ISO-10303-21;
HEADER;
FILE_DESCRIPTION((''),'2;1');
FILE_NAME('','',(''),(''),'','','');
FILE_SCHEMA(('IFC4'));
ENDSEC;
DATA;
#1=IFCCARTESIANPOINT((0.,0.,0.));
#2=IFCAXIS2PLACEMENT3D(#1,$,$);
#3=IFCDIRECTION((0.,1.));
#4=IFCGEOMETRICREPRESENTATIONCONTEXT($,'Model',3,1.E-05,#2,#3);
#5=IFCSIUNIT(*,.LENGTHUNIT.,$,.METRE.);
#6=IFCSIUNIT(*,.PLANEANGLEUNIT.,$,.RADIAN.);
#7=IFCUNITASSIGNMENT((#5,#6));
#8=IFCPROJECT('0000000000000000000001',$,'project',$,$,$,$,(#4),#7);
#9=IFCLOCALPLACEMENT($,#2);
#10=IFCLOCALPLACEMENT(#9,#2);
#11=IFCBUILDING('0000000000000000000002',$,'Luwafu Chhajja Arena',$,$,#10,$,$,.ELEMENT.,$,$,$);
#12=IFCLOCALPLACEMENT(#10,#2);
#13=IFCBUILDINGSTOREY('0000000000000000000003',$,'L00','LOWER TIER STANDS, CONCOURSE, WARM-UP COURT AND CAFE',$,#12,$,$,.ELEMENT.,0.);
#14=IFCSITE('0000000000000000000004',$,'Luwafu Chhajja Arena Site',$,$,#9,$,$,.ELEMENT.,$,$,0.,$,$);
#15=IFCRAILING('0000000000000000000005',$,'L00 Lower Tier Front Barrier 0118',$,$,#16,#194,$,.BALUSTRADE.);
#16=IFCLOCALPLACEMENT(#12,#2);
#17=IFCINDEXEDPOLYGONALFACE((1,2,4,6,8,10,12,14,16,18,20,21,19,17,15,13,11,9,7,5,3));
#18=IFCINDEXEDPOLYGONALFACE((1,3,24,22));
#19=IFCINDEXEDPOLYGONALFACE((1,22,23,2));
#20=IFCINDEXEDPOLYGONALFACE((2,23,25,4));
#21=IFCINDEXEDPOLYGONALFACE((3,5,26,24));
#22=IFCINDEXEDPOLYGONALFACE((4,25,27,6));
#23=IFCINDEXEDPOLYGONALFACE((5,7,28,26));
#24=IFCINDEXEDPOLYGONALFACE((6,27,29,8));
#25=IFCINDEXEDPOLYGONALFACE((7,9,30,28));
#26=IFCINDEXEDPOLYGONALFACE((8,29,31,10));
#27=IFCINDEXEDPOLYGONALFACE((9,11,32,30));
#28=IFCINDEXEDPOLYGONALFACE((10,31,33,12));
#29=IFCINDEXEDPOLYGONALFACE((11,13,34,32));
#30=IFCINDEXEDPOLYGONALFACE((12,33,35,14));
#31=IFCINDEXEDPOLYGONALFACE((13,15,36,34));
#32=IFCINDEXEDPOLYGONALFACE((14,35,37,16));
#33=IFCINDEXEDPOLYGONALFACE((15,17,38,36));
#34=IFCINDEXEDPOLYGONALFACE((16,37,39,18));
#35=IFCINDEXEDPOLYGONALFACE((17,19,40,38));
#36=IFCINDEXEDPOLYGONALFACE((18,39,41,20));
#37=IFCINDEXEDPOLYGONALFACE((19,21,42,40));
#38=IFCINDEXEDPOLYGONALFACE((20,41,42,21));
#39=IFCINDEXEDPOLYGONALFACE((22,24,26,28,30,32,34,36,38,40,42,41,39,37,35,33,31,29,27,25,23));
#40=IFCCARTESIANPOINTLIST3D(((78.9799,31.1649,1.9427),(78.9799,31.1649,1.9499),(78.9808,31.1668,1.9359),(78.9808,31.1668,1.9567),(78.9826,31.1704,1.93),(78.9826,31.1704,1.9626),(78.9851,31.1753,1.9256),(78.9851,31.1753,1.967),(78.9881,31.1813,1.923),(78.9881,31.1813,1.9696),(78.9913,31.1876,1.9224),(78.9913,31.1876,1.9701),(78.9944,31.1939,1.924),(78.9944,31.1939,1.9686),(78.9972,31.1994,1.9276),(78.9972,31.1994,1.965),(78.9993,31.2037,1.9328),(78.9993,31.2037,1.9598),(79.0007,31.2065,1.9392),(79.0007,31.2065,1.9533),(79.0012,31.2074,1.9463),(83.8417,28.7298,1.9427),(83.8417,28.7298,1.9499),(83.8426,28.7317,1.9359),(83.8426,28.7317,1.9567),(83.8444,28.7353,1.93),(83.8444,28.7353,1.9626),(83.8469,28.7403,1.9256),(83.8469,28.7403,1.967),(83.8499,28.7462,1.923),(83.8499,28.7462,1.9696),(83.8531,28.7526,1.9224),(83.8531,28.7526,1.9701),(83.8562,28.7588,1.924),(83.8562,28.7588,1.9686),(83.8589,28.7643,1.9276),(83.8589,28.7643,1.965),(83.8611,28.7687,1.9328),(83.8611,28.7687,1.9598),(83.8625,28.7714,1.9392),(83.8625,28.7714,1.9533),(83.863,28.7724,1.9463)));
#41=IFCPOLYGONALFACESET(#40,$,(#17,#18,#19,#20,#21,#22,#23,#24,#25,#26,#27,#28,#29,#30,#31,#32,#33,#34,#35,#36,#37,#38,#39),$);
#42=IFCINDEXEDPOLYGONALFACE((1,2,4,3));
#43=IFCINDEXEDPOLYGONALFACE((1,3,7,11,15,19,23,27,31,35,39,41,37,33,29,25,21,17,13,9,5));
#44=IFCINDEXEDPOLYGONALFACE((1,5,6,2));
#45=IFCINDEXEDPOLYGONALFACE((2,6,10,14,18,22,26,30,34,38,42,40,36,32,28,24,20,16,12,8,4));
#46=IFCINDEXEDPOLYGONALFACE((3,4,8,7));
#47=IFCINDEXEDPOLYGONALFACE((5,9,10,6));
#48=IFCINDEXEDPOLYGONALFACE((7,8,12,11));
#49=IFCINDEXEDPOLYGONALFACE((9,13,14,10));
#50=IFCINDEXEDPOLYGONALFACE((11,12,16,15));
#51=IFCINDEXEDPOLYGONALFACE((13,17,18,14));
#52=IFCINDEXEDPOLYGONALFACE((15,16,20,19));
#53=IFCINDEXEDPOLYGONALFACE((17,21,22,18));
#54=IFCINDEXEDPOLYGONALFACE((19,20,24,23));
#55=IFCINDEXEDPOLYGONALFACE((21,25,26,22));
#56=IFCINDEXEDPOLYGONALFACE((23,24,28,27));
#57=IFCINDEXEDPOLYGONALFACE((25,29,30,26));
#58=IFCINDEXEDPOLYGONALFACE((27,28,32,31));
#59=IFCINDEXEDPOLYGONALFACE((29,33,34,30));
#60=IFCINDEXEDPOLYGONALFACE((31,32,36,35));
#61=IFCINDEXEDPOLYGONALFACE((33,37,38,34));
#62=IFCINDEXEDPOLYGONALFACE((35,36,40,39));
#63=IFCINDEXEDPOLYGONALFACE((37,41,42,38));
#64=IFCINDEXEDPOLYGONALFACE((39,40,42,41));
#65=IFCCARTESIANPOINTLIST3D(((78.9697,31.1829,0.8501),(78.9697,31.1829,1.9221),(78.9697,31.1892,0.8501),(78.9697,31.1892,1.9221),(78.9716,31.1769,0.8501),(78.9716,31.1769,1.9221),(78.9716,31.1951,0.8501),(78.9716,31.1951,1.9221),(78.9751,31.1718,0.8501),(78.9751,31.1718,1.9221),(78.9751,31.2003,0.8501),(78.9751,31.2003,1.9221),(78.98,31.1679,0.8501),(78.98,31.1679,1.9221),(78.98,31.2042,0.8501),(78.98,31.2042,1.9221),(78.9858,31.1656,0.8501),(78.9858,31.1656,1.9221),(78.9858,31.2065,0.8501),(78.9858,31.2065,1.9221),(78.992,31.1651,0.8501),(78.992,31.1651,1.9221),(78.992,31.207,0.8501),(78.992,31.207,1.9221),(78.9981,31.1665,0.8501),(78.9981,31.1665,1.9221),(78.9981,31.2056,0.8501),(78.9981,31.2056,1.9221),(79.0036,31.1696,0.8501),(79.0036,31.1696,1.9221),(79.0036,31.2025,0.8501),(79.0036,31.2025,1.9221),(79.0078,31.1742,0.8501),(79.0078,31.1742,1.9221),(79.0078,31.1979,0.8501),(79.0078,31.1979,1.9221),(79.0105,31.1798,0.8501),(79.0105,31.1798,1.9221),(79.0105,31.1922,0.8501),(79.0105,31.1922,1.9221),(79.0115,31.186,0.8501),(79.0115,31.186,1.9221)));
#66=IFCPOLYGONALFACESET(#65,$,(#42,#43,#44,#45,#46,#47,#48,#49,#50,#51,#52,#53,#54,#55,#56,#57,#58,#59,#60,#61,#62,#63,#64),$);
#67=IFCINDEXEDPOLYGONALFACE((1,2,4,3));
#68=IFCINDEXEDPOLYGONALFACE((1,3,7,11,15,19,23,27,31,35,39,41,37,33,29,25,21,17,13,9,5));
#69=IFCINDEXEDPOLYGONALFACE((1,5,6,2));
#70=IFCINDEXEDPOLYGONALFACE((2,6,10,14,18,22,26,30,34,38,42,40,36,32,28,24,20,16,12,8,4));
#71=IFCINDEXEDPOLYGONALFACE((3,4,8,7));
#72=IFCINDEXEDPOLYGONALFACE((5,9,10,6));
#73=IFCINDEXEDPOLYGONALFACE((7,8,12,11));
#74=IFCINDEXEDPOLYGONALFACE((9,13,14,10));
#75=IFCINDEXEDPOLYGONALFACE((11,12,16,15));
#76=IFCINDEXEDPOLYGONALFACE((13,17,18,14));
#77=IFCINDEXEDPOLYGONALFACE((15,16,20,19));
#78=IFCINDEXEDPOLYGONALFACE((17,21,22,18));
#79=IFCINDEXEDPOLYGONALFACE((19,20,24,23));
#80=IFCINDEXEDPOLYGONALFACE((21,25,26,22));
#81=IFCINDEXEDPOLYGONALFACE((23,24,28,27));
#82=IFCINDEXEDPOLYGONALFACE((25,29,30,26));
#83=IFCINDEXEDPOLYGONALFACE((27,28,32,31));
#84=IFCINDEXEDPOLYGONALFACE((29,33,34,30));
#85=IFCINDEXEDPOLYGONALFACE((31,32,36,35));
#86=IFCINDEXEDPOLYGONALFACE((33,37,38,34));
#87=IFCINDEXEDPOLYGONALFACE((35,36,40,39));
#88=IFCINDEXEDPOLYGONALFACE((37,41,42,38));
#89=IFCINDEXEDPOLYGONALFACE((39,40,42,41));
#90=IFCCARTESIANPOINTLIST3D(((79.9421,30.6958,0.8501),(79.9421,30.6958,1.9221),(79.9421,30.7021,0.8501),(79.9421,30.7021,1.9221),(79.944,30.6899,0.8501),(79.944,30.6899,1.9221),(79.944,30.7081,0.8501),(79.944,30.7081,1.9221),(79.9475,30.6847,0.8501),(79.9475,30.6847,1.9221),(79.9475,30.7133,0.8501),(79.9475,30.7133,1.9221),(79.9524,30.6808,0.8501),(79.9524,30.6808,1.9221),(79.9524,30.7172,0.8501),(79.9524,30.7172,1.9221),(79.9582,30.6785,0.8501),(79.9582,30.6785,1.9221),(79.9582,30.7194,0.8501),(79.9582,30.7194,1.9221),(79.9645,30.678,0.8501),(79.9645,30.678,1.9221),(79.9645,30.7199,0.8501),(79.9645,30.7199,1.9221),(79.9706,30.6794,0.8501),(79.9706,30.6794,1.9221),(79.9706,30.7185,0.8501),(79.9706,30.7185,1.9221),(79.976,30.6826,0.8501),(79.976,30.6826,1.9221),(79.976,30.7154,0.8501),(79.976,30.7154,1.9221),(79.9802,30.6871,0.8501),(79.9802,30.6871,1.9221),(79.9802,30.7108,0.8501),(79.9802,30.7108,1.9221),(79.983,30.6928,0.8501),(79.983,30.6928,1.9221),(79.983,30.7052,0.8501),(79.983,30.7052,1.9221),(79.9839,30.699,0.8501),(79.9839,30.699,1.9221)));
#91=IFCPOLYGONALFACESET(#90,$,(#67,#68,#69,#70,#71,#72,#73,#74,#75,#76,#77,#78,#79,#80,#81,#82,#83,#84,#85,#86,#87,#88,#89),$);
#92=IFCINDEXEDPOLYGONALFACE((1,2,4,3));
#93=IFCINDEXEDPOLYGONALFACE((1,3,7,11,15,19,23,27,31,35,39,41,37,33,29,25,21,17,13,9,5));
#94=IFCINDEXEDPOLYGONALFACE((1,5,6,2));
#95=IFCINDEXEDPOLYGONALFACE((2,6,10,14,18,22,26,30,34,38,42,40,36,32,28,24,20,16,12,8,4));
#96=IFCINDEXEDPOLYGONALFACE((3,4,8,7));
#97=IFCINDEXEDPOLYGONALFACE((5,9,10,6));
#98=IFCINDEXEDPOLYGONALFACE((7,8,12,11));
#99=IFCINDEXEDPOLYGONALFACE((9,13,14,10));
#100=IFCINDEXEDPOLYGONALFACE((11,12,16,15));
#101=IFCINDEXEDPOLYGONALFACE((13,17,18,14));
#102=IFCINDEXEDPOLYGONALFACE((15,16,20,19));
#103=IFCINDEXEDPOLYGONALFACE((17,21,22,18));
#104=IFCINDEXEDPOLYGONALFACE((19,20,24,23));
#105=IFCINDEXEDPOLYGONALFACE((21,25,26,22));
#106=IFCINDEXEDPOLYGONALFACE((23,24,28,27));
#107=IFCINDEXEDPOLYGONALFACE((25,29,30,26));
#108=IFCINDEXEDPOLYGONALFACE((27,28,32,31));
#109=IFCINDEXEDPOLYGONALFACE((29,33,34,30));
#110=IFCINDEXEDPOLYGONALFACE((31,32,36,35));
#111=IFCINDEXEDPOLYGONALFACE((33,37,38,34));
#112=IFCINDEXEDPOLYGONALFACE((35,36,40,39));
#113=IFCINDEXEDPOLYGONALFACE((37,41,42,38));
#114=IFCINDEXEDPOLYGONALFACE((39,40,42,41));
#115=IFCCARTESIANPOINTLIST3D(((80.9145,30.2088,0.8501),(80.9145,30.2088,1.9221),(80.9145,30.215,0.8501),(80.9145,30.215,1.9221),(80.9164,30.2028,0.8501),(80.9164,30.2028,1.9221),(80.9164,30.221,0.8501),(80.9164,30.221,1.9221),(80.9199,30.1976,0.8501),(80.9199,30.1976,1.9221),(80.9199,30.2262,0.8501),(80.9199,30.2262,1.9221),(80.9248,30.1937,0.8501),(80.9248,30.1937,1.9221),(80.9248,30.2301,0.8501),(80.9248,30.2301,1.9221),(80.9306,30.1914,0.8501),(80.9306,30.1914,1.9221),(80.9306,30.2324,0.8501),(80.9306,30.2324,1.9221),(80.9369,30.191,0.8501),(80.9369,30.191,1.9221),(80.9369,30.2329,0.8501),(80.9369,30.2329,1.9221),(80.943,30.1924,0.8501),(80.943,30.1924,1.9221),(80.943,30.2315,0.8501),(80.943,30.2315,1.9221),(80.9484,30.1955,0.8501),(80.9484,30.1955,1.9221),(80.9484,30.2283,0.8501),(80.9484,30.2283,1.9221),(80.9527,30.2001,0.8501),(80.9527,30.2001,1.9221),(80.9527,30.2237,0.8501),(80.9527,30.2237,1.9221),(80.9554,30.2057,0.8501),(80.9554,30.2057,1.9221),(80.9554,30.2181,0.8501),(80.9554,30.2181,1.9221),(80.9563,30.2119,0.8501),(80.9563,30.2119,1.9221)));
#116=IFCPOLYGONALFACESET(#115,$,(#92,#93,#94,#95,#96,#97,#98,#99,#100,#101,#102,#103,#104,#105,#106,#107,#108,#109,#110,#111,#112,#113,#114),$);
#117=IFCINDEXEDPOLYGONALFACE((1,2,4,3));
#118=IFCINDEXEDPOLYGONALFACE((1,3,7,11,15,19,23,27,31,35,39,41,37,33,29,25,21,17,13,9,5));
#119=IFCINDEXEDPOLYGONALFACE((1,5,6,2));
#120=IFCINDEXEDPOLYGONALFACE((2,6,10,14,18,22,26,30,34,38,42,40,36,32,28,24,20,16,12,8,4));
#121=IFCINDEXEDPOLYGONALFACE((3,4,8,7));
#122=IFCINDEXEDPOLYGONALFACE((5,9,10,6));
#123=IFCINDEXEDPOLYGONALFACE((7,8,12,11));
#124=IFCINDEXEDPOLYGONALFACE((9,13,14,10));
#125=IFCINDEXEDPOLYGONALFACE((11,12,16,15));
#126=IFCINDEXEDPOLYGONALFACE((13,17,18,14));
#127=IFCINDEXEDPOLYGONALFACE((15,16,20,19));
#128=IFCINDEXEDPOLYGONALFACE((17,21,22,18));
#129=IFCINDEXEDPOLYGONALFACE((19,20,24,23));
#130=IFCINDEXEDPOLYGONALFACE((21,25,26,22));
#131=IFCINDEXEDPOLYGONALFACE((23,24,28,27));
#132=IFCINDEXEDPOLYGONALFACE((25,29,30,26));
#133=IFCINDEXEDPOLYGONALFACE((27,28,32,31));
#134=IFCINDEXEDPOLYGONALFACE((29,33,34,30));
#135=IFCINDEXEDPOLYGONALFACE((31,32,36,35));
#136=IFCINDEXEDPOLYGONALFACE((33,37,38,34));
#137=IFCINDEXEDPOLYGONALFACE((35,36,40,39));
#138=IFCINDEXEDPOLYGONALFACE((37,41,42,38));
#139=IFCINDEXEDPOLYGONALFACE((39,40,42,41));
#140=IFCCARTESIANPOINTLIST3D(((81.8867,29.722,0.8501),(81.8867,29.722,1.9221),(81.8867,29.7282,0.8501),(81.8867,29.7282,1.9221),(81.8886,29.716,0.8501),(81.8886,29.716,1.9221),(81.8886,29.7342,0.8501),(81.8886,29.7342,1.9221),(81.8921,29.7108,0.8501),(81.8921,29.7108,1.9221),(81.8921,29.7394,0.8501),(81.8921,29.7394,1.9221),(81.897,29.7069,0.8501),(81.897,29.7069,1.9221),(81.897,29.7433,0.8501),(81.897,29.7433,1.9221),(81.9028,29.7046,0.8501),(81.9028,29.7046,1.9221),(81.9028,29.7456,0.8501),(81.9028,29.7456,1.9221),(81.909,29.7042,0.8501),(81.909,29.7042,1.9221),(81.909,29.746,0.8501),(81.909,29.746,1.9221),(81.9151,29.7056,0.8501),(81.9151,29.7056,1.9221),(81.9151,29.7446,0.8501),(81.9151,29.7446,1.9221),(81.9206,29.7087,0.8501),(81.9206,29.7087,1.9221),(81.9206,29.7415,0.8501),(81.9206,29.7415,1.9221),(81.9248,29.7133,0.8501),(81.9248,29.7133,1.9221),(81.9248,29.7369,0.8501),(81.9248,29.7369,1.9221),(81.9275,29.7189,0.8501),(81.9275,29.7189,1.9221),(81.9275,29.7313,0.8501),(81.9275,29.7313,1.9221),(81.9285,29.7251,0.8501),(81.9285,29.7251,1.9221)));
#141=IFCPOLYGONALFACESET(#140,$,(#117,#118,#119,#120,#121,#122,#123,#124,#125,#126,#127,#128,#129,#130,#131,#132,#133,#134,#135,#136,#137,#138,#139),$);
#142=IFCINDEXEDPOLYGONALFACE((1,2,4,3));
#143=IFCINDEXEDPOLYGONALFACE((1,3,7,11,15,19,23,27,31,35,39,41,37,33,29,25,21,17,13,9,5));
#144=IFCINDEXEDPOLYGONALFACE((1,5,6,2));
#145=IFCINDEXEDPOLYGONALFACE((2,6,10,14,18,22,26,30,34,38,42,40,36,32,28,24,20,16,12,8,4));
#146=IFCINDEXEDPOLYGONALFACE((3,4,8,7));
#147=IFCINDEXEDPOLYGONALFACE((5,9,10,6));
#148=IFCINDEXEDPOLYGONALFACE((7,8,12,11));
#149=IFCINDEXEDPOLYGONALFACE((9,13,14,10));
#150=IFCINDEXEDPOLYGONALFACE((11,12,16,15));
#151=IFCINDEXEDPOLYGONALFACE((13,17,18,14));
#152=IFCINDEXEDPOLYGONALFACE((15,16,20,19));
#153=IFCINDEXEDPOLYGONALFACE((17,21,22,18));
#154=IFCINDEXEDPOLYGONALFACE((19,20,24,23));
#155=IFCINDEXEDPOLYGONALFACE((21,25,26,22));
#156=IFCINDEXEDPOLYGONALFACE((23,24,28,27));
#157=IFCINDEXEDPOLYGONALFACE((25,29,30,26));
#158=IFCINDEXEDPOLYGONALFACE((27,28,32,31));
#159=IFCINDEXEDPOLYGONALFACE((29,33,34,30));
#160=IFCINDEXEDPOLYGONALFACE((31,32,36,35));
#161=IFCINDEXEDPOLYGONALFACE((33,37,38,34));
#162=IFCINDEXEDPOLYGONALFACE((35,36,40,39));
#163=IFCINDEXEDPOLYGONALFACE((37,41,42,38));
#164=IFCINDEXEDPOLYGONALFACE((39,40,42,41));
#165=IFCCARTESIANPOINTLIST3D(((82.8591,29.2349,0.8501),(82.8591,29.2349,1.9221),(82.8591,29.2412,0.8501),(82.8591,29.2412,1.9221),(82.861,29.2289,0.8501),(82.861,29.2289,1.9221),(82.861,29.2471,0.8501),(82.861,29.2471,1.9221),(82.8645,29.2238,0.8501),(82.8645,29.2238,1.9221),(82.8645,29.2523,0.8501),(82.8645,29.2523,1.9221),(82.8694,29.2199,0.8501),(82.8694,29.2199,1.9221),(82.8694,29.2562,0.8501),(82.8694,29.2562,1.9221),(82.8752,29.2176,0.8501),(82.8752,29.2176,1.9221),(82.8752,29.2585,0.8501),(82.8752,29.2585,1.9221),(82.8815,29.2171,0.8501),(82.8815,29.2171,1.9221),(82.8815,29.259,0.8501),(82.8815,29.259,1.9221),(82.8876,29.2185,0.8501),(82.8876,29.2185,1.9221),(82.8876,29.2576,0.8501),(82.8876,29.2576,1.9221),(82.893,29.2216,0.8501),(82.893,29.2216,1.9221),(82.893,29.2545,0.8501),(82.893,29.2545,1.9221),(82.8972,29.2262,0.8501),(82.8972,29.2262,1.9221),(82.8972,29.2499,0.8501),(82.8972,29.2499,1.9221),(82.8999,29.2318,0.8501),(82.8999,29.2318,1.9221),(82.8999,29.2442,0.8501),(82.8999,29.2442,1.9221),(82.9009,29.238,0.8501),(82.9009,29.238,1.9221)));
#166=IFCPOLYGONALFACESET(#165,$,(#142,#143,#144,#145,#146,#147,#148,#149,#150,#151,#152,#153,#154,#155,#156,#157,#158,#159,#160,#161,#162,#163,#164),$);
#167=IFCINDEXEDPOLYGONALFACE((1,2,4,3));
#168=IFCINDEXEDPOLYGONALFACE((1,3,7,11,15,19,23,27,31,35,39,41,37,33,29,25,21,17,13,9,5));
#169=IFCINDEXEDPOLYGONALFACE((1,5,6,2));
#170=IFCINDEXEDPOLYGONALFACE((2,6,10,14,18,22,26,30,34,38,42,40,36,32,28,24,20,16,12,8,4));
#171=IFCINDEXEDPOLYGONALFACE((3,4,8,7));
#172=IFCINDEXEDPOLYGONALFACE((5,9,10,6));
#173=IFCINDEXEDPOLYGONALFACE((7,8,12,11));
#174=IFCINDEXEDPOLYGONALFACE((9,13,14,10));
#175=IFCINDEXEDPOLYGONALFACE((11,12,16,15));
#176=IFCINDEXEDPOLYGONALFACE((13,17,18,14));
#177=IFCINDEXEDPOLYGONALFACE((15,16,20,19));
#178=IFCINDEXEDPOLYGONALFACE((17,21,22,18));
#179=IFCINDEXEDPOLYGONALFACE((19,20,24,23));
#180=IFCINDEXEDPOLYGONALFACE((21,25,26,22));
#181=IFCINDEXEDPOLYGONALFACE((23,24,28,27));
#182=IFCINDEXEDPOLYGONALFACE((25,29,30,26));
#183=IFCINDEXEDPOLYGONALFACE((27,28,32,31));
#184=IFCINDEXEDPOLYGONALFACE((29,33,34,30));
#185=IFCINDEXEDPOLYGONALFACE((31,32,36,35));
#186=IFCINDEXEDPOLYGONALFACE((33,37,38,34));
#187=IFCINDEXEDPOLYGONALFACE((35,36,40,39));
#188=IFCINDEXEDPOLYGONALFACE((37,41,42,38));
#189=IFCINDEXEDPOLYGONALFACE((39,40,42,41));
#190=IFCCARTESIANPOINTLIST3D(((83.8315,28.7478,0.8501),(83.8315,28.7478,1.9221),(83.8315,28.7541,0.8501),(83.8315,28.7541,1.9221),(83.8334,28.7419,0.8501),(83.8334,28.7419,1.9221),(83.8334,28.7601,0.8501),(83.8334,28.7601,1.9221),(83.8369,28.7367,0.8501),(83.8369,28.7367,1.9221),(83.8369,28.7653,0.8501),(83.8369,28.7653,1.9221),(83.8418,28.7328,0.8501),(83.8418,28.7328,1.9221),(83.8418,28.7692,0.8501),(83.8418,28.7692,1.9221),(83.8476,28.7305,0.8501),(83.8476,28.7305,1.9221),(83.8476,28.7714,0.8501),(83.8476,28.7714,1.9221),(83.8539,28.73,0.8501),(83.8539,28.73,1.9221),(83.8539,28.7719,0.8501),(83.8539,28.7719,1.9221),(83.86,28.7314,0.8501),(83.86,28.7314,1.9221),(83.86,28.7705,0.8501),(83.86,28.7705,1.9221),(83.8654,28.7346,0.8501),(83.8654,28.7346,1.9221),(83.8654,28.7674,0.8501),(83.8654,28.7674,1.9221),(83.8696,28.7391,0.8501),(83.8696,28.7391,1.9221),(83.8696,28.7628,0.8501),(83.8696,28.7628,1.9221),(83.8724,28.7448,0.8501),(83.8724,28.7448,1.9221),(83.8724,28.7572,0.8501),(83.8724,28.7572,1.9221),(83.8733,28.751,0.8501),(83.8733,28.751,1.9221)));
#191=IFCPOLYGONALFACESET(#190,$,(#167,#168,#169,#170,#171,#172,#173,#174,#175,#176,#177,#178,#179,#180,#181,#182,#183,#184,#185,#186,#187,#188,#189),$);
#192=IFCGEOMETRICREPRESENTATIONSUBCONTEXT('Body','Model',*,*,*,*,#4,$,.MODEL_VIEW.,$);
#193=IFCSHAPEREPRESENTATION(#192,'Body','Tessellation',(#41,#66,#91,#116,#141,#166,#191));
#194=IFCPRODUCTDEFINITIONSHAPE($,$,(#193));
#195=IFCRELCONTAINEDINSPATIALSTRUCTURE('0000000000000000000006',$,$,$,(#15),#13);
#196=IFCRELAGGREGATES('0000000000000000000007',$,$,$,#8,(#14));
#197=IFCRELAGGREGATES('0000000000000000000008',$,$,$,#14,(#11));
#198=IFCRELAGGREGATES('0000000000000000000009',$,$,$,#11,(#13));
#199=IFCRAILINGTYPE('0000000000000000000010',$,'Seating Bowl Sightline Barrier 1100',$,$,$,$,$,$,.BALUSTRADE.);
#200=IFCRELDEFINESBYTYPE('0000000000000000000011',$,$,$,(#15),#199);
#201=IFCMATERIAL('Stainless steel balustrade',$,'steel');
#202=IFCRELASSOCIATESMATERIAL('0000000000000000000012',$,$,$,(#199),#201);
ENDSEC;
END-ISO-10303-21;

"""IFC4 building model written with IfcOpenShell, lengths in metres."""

from ifc_helpers import new_model, si_unit, direction, frame, origin, origin_2d, place, context, subcontext, project, spatial, circle, extrude, material, type_object, element, save


model = new_model("IFC4")

# Units and contexts
model_context = context("Model", 3, precision=1e-05, world=origin(), true_north=direction((0.0, 1.0)))
body_context = subcontext(model_context, "Body", "Model", "MODEL_VIEW")
ifc_project = project(units=[si_unit("LENGTHUNIT", "METRE"), si_unit("PLANEANGLEUNIT", "RADIAN")], contexts=[model_context])

# Site, building, storey
site_placement = place(None, origin())
site = spatial("IfcSite", under=ifc_project, at=site_placement, Name="Luwafu Chhajja Arena Site", CompositionType="ELEMENT", RefElevation=0.0)
building_placement = place(site_placement, origin())
building = spatial("IfcBuilding", under=site, at=building_placement, Name="Luwafu Chhajja Arena", CompositionType="ELEMENT")
storey_placement = place(building_placement, origin())
storey = spatial("IfcBuildingStorey", under=building, at=storey_placement, Name="L00", Description="LOWER TIER STANDS, CONCOURSE, WARM-UP COURT AND CAFE", CompositionType="ELEMENT", Elevation=0.0)

# Railing
ifc_material_1 = material(Name="Stainless steel balustrade", Category="steel")
railing_type = type_object("IfcRailingType", Name="Seating Bowl Sightline Barrier 1100", PredefinedType="BALUSTRADE", material=ifc_material_1)
railing_1_placement = place(storey_placement, frame((78.9905, 31.186, 0.8501)))
element("IfcRailing", 1, at=railing_1_placement, inside=storey, type_object=railing_type, Name="L00 Lower Tier Front Barrier 0118", PredefinedType="BALUSTRADE", context=body_context, shape_type="SweptSolid", body=[
    extrude(circle(Radius=0.0239, at=origin_2d()), frame((0.0, 0.0, 1.0962), z_axis=(0.894122, -0.447824, 0.0), x_axis=(0.447824, 0.894122, 0.0)), (0.0, 0.0, 1.0), 5.4375),
    extrude(circle(Radius=0.021, at=origin_2d()), origin(), (0.0, 0.0, 1.0), 1.072),
    extrude(circle(Radius=0.021, at=origin_2d()), frame((0.9724, -0.4871, 0.0)), (0.0, 0.0, 1.0), 1.072),
    extrude(circle(Radius=0.021, at=origin_2d()), frame((1.9448, -0.9741, 0.0)), (0.0, 0.0, 1.0), 1.072),
    extrude(circle(Radius=0.021, at=origin_2d()), frame((2.917, -1.4609, 0.0)), (0.0, 0.0, 1.0), 1.072),
    extrude(circle(Radius=0.021, at=origin_2d()), frame((3.8894, -1.948, 0.0)), (0.0, 0.0, 1.0), 1.072),
    extrude(circle(Radius=0.021, at=origin_2d()), frame((4.8618, -2.4351, 0.0)), (0.0, 0.0, 1.0), 1.072),
])

save(model, "model.ifc")
